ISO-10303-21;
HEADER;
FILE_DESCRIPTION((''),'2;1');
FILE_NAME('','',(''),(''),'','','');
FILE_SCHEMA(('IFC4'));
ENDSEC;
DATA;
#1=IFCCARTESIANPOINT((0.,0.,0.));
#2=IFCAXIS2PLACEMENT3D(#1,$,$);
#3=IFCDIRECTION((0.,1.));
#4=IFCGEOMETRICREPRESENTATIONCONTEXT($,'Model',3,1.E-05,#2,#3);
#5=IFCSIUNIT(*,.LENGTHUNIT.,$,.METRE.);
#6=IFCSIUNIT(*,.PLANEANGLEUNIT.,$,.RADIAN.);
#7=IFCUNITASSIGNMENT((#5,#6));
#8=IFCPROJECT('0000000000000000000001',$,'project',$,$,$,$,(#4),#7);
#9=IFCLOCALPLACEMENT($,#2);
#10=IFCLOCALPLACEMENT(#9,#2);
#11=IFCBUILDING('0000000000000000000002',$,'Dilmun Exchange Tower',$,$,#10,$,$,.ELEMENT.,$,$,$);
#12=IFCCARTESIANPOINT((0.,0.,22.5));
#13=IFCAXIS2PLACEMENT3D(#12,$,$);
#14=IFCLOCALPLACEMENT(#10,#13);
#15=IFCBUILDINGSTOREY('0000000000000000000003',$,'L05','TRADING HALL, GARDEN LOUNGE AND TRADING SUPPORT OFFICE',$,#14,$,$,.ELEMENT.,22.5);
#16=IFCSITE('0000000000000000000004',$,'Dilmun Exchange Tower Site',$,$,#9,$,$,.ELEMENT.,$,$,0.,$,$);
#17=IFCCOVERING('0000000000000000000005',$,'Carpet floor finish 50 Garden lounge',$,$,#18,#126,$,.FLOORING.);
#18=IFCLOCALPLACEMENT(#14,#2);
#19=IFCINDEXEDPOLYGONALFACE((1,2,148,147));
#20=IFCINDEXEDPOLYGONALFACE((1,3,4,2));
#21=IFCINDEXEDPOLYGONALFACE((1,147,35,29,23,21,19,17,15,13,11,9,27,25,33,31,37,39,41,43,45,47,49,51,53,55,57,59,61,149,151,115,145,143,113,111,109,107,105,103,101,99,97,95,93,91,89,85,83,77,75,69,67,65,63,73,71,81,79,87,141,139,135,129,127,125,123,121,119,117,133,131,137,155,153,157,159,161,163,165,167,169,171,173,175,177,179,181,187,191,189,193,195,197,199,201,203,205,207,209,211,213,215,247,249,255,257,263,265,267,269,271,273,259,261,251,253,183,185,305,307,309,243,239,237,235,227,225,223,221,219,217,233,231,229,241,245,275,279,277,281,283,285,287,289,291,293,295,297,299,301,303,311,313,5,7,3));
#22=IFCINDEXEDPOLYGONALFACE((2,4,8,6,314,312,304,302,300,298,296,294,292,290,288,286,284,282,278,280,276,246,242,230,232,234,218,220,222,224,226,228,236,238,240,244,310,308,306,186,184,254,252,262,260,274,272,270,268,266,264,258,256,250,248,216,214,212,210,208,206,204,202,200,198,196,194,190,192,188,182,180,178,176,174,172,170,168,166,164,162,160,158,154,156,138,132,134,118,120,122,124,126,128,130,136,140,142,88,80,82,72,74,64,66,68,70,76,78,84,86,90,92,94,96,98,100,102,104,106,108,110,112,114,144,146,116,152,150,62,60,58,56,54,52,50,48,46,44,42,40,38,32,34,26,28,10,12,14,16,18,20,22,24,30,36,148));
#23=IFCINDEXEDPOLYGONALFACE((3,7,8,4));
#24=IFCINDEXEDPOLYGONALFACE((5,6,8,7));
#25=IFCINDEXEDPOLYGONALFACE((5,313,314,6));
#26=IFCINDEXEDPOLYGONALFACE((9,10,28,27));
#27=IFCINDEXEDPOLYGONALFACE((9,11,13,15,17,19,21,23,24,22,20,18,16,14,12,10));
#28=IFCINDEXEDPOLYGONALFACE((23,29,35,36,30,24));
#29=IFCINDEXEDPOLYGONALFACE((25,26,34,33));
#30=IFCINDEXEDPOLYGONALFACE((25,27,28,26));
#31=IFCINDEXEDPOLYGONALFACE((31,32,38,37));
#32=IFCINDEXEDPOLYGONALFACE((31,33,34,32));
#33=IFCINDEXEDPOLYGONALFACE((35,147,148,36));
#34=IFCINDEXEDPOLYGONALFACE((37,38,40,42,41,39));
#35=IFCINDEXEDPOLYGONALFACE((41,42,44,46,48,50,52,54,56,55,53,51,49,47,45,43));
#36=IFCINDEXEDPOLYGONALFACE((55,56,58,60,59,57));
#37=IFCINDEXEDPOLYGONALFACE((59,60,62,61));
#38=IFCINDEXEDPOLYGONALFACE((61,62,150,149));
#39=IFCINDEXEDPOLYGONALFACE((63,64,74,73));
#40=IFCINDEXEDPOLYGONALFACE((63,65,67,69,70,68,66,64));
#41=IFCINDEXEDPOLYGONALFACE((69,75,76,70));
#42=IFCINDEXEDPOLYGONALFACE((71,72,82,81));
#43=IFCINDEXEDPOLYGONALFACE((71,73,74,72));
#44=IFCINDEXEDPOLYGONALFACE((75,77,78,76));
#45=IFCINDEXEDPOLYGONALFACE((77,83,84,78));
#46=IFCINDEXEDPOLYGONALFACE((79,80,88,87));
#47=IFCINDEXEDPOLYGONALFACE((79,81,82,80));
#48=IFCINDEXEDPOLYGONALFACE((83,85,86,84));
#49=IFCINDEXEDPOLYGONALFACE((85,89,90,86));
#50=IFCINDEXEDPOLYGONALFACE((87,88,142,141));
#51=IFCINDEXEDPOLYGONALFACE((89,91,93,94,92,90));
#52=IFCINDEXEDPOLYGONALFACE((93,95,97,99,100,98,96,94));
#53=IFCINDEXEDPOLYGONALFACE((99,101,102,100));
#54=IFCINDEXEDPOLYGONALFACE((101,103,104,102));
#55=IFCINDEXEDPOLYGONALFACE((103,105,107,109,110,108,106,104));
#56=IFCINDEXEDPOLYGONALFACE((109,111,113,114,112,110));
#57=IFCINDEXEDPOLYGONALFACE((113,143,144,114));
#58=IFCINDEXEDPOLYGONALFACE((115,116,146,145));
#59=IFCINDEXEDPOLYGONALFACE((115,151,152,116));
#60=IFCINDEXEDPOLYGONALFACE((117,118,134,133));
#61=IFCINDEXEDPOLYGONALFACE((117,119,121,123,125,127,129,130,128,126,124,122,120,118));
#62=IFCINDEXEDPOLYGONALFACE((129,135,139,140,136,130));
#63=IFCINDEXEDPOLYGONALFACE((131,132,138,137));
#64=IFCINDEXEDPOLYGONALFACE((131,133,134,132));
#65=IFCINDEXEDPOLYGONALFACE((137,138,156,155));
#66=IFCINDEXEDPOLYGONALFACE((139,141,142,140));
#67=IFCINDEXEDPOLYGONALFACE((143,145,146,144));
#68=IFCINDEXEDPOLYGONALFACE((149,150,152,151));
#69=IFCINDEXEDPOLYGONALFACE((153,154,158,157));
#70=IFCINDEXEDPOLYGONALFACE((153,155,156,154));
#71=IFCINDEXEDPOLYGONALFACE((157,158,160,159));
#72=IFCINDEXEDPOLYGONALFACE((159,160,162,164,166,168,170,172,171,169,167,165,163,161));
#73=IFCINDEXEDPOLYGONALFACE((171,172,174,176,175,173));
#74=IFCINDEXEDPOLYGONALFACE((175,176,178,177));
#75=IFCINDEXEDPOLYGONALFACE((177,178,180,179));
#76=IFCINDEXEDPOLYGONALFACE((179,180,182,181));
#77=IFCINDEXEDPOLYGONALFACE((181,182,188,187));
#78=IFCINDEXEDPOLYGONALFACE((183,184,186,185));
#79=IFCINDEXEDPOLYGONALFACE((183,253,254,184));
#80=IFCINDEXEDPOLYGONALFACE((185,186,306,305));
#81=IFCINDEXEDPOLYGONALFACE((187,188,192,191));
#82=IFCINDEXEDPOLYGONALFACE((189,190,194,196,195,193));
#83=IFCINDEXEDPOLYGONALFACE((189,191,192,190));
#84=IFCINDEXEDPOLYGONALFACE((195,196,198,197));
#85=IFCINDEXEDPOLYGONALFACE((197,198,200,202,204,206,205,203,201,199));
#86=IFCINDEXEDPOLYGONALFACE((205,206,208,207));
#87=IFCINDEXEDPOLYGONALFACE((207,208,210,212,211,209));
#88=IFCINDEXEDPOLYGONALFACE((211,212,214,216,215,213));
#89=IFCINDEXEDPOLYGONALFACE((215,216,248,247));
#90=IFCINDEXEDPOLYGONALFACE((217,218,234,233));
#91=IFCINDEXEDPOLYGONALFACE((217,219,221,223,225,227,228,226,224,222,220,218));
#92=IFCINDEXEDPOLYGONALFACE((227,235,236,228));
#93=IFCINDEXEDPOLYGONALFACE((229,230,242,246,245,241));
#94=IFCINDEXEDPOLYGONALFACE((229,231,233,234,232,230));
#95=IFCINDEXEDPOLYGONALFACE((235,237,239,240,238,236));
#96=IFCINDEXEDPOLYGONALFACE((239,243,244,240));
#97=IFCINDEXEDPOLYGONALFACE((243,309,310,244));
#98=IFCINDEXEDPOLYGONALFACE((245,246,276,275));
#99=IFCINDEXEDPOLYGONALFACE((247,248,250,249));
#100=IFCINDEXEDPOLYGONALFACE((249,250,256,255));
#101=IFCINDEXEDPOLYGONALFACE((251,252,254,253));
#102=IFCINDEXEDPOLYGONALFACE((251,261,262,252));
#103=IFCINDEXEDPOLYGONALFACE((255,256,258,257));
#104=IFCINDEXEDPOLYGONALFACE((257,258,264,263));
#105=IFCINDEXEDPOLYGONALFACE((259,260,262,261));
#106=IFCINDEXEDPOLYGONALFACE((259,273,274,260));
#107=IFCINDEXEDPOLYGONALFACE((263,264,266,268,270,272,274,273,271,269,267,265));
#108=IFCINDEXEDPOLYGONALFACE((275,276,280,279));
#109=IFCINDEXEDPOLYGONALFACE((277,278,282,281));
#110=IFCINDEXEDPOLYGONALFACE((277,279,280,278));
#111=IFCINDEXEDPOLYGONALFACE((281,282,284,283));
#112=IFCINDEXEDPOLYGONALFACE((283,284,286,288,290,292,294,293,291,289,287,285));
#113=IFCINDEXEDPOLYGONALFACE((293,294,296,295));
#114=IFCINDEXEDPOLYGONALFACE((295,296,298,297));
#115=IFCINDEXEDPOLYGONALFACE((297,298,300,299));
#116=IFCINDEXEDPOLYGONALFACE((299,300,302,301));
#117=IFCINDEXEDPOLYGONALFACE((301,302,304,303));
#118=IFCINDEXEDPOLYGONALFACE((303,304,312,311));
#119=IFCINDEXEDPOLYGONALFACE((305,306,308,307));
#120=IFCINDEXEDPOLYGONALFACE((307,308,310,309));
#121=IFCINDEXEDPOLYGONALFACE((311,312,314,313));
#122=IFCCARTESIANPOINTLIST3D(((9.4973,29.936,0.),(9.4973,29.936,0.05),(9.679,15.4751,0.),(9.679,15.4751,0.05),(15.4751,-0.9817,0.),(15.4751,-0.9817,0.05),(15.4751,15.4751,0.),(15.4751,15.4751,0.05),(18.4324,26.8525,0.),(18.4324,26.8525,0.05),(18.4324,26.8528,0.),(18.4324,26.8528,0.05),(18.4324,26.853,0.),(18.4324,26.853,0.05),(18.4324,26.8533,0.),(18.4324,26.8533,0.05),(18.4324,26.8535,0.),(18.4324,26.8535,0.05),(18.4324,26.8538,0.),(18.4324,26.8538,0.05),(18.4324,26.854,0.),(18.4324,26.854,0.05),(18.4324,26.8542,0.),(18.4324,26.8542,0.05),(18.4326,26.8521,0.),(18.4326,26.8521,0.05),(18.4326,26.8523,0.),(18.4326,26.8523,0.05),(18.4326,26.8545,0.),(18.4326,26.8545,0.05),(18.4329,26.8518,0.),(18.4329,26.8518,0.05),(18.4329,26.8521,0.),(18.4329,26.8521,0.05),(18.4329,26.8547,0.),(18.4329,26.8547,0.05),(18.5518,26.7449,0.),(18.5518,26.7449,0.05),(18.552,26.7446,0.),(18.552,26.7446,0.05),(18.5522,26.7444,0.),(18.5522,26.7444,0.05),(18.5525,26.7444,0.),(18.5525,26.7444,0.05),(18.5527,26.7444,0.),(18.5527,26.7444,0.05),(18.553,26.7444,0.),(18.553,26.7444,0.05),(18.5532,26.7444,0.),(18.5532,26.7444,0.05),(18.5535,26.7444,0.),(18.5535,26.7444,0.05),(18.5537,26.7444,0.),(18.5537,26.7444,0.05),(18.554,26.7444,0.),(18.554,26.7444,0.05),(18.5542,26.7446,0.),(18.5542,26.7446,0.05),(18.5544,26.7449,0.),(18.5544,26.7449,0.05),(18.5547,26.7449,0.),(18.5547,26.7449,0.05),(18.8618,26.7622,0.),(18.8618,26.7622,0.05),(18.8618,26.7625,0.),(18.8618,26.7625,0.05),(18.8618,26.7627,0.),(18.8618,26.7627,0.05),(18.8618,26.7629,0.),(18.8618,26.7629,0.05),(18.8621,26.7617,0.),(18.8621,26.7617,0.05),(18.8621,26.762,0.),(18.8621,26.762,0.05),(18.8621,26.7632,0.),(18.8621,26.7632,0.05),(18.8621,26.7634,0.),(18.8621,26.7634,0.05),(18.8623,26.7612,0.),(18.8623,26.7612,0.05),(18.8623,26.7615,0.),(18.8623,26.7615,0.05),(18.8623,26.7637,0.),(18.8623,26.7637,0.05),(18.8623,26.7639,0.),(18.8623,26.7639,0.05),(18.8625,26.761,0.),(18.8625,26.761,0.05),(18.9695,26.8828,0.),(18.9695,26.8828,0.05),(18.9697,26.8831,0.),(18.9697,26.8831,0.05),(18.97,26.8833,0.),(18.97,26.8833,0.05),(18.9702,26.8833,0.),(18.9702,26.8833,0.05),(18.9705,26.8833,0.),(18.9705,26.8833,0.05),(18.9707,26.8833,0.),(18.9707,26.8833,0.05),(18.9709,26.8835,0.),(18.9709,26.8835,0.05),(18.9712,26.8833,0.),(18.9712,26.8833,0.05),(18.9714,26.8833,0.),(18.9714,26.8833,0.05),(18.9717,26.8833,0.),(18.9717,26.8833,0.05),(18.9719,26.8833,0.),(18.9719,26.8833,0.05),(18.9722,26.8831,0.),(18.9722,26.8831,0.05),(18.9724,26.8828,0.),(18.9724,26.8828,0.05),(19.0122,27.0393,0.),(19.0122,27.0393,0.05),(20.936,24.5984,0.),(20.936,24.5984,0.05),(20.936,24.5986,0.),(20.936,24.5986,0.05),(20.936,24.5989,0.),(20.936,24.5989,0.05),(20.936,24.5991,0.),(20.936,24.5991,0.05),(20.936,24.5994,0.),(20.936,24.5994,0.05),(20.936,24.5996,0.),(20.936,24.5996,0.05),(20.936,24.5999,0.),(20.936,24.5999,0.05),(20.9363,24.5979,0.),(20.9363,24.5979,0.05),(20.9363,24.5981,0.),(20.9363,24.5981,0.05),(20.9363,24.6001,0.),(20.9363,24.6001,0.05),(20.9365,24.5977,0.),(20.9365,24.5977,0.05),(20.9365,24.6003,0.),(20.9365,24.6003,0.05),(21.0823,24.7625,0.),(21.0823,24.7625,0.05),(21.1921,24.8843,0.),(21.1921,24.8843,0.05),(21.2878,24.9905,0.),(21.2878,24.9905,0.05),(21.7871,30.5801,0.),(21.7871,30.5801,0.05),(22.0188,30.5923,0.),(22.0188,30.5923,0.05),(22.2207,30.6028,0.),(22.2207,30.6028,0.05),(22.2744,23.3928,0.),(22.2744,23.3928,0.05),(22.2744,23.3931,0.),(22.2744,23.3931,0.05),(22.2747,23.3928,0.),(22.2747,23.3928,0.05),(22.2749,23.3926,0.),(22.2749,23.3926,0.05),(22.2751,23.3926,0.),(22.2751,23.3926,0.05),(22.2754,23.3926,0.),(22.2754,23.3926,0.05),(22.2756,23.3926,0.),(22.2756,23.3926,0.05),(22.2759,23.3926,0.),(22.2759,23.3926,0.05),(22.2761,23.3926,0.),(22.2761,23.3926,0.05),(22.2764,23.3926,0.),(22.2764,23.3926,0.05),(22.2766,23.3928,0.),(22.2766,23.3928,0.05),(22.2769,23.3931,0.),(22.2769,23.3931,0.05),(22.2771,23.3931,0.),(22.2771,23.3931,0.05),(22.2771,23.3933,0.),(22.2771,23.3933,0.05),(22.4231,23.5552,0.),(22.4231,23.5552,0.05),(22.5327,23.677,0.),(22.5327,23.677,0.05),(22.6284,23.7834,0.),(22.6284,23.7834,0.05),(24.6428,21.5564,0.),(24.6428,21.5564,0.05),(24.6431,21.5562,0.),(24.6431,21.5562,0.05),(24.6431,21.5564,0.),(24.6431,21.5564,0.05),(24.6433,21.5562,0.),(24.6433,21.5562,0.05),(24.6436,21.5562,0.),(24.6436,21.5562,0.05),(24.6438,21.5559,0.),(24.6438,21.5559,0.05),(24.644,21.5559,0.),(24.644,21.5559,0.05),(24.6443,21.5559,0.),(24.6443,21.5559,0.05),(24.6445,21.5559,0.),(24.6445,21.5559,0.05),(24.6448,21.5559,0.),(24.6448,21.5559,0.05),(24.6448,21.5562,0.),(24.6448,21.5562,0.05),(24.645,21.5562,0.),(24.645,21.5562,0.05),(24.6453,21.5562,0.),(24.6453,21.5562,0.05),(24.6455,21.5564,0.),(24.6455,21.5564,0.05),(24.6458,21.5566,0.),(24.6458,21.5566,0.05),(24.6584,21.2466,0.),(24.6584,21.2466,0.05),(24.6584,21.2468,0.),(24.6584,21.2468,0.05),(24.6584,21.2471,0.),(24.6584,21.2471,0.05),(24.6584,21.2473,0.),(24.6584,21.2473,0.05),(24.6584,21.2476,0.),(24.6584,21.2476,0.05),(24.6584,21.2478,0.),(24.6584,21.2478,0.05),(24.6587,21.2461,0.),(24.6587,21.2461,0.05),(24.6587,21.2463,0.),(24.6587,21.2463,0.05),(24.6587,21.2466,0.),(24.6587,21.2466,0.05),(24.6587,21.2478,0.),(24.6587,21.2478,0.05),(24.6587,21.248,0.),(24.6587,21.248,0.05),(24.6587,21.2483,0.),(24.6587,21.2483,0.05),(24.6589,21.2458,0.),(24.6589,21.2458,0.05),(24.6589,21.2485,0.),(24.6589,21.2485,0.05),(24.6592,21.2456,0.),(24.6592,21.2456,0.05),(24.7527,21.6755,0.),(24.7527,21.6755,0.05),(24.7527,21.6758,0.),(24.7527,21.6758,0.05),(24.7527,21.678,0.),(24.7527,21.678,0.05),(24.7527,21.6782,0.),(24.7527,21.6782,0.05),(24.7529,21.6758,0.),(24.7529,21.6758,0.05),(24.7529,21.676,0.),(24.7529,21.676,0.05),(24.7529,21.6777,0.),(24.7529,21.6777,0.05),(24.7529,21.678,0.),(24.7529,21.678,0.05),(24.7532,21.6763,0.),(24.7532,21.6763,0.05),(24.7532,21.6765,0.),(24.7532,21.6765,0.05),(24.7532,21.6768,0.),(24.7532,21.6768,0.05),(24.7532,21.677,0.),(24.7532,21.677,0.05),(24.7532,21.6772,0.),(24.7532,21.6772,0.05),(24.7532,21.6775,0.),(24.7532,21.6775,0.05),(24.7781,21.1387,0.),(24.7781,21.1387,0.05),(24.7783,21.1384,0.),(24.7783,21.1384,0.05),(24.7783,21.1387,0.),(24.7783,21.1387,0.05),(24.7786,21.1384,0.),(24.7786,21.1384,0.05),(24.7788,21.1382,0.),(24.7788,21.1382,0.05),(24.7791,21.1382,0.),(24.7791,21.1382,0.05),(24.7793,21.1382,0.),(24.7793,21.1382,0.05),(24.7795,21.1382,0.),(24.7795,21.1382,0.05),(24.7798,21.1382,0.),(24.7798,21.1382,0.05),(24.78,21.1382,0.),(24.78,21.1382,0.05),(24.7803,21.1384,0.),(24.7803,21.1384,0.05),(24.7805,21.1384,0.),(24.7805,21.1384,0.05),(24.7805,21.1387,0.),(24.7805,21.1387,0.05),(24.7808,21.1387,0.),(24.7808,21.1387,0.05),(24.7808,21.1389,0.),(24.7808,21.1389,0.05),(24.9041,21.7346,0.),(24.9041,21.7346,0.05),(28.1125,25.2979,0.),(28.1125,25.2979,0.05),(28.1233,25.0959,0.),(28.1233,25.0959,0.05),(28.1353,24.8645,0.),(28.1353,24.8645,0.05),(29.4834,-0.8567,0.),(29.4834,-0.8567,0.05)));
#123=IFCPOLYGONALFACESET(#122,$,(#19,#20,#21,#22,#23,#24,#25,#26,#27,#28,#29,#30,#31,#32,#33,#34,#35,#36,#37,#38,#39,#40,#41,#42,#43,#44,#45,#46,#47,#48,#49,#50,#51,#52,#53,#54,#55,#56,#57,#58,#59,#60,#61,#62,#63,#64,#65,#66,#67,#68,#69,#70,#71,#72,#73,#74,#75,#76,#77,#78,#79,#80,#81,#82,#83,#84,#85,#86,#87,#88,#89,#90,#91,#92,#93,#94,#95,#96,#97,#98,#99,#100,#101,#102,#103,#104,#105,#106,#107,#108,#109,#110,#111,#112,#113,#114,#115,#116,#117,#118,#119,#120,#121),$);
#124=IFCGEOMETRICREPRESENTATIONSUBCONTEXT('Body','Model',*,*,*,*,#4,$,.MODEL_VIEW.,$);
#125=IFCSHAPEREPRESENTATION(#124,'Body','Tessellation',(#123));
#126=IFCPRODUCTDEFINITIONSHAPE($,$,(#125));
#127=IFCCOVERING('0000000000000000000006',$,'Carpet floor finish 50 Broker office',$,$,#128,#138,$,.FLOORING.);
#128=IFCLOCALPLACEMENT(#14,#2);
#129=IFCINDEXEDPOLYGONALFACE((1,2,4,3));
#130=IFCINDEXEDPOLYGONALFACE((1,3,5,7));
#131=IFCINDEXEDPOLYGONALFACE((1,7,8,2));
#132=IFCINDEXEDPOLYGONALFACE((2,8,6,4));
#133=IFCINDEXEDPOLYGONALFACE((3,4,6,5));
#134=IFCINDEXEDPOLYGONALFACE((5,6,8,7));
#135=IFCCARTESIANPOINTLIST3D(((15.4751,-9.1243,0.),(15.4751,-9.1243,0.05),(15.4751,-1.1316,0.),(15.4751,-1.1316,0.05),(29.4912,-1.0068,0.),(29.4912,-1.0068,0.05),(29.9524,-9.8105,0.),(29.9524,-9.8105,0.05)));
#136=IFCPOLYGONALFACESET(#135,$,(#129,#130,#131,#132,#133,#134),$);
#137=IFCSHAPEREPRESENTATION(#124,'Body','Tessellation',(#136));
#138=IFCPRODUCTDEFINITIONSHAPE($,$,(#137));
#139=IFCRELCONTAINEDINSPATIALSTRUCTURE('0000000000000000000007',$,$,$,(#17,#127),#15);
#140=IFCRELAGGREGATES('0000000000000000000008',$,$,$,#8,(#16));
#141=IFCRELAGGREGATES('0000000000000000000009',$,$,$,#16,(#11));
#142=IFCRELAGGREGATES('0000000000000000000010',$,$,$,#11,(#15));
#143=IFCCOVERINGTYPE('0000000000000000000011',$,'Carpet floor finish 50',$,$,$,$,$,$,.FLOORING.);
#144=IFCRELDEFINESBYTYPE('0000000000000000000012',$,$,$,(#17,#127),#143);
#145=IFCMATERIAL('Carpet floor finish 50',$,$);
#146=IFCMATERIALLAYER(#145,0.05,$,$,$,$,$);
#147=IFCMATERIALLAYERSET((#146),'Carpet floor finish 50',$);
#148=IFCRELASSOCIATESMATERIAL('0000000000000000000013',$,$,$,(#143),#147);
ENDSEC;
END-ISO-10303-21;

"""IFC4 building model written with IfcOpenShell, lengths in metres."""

from ifc_helpers import new_model, si_unit, direction, frame, origin, place, context, subcontext, project, spatial, polyline, outline, extrude, material, layer, layer_set, type_object, element, save


model = new_model("IFC4")

# Units and contexts
model_context = context("Model", 3, precision=1e-05, world=origin(), true_north=direction((0.0, 1.0)))
body_context = subcontext(model_context, "Body", "Model", "MODEL_VIEW")
ifc_project = project(units=[si_unit("LENGTHUNIT", "METRE"), si_unit("PLANEANGLEUNIT", "RADIAN")], contexts=[model_context])

# Site, building, storey
site_placement = place(None, origin())
site = spatial("IfcSite", under=ifc_project, at=site_placement, Name="Dilmun Exchange Tower Site", CompositionType="ELEMENT", RefElevation=0.0)
building_placement = place(site_placement, origin())
building = spatial("IfcBuilding", under=site, at=building_placement, Name="Dilmun Exchange Tower", CompositionType="ELEMENT")
storey_placement = place(building_placement, frame((0.0, 0.0, 22.5)))
storey = spatial("IfcBuildingStorey", under=building, at=storey_placement, Name="L05", Description="TRADING HALL, GARDEN LOUNGE AND TRADING SUPPORT OFFICE", CompositionType="ELEMENT", Elevation=22.5)

# Coverings
ifc_material_1 = material(Name="Carpet floor finish 50")
ifc_layer_1 = layer(ifc_material_1, 0.05)
ifc_layer_set_1 = layer_set([ifc_layer_1], Name="Carpet floor finish 50")
covering_type = type_object("IfcCoveringType", Name="Carpet floor finish 50", PredefinedType="FLOORING", material=ifc_layer_set_1)
covering_1_placement = place(storey_placement, origin())
element("IfcCovering", 1, at=covering_1_placement, inside=storey, type_object=covering_type, Name="Carpet floor finish 50 Garden lounge", PredefinedType="FLOORING", context=body_context, shape_type="SweptSolid", body=[
    extrude(outline(polyline([(19.0122, 27.0393), (21.2878, 24.9905), (21.1921, 24.8843), (18.9724, 26.8828), (18.9722, 26.8831), (18.9719, 26.8833), (18.9717, 26.8833), (18.9717, 26.8833), (18.9714, 26.8833), (18.9712, 26.8833), (18.9709, 26.8835), (18.9707, 26.8833), (18.9707, 26.8833), (18.9705, 26.8833), (18.9702, 26.8833), (18.9702, 26.8833), (18.97, 26.8833), (18.9697, 26.8831), (18.9695, 26.8828), (18.9695, 26.8828), (18.8623, 26.7639), (18.8623, 26.7637), (18.8623, 26.7637), (18.8621, 26.7634), (18.8621, 26.7632), (18.8618, 26.7629), (18.8618, 26.7627), (18.8618, 26.7627), (18.8618, 26.7625), (18.8618, 26.7622), (18.8618, 26.7622), (18.8621, 26.762), (18.8621, 26.7617), (18.8623, 26.7615), (18.8623, 26.7615), (18.8623, 26.7612), (18.8625, 26.761), (21.0823, 24.7625), (20.9365, 24.6003), (20.9363, 24.6001), (20.9363, 24.6001), (20.936, 24.5999), (20.936, 24.5996), (20.936, 24.5996), (20.936, 24.5994), (20.936, 24.5991), (20.936, 24.5991), (20.936, 24.5989), (20.936, 24.5986), (20.936, 24.5984), (20.9363, 24.5981), (20.9363, 24.5979), (20.9363, 24.5979), (20.9365, 24.5977), (20.9365, 24.5977), (22.2744, 23.3931), (22.2744, 23.3928), (22.2747, 23.3928), (22.2749, 23.3926), (22.2749, 23.3926), (22.2751, 23.3926), (22.2754, 23.3926), (22.2756, 23.3926), (22.2759, 23.3926), (22.2759, 23.3926), (22.2761, 23.3926), (22.2764, 23.3926), (22.2766, 23.3928), (22.2766, 23.3928), (22.2769, 23.3931), (22.2771, 23.3931), (22.2771, 23.3933), (22.4231, 23.5552), (24.6428, 21.5564), (24.6431, 21.5564), (24.6431, 21.5562), (24.6433, 21.5562), (24.6436, 21.5562), (24.6438, 21.5559), (24.6438, 21.5559), (24.644, 21.5559), (24.6443, 21.5559), (24.6445, 21.5559), (24.6448, 21.5559), (24.6448, 21.5562), (24.645, 21.5562), (24.6453, 21.5562), (24.6455, 21.5564), (24.6455, 21.5564), (24.6458, 21.5566), (24.7527, 21.6755), (24.7527, 21.6758), (24.7529, 21.6758), (24.7529, 21.676), (24.7532, 21.6763), (24.7532, 21.6765), (24.7532, 21.6765), (24.7532, 21.6768), (24.7532, 21.677), (24.7532, 21.6772), (24.7532, 21.6772), (24.7532, 21.6775), (24.7529, 21.6777), (24.7529, 21.678), (24.7527, 21.678), (24.7527, 21.6782), (24.7527, 21.6782), (22.5327, 23.677), (22.6284, 23.7834), (24.9041, 21.7346), (28.1125, 25.2979), (28.1233, 25.0959), (24.6589, 21.2485), (24.6587, 21.2483), (24.6587, 21.2483), (24.6587, 21.248), (24.6587, 21.2478), (24.6584, 21.2478), (24.6584, 21.2476), (24.6584, 21.2473), (24.6584, 21.2471), (24.6584, 21.2468), (24.6584, 21.2466), (24.6587, 21.2466), (24.6587, 21.2463), (24.6587, 21.2461), (24.6587, 21.2461), (24.6589, 21.2458), (24.6592, 21.2456), (24.7781, 21.1387), (24.7783, 21.1387), (24.7783, 21.1384), (24.7786, 21.1384), (24.7788, 21.1382), (24.7788, 21.1382), (24.7791, 21.1382), (24.7793, 21.1382), (24.7795, 21.1382), (24.7798, 21.1382), (24.7798, 21.1382), (24.78, 21.1382), (24.7803, 21.1384), (24.7805, 21.1384), (24.7805, 21.1387), (24.7808, 21.1387), (24.7808, 21.1389), (28.1353, 24.8645), (29.4834, -0.8567), (15.4751, -0.9817), (15.4751, 15.4751), (9.679, 15.4751), (9.4973, 29.936), (21.7871, 30.5801), (18.4329, 26.8547), (18.4326, 26.8545), (18.4326, 26.8545), (18.4324, 26.8542), (18.4324, 26.854), (18.4324, 26.8538), (18.4324, 26.8535), (18.4324, 26.8535), (18.4324, 26.8533), (18.4324, 26.853), (18.4324, 26.8528), (18.4324, 26.8528), (18.4324, 26.8525), (18.4326, 26.8523), (18.4326, 26.8521), (18.4329, 26.8521), (18.4329, 26.8518), (18.5518, 26.7449), (18.552, 26.7446), (18.552, 26.7446), (18.5522, 26.7444), (18.5525, 26.7444), (18.5527, 26.7444), (18.553, 26.7444), (18.553, 26.7444), (18.5532, 26.7444), (18.5535, 26.7444), (18.5537, 26.7444), (18.5537, 26.7444), (18.554, 26.7444), (18.5542, 26.7446), (18.5542, 26.7446), (18.5544, 26.7449), (18.5547, 26.7449), (22.0188, 30.5923), (22.2207, 30.6028), (19.0122, 27.0393)])), origin(), (0.0, 0.0, 1.0), 0.05),
])
covering_2_placement = place(storey_placement, origin())
element("IfcCovering", 2, at=covering_2_placement, inside=storey, type_object=covering_type, Name="Carpet floor finish 50 Broker office", PredefinedType="FLOORING", context=body_context, shape_type="SweptSolid", body=[
    extrude(outline(polyline([(15.4751, -9.1243), (15.4751, -1.1316), (29.4912, -1.0068), (29.9524, -9.8105), (15.4751, -9.1243)])), origin(), (0.0, 0.0, 1.0), 0.05),
])

save(model, "model.ifc")
